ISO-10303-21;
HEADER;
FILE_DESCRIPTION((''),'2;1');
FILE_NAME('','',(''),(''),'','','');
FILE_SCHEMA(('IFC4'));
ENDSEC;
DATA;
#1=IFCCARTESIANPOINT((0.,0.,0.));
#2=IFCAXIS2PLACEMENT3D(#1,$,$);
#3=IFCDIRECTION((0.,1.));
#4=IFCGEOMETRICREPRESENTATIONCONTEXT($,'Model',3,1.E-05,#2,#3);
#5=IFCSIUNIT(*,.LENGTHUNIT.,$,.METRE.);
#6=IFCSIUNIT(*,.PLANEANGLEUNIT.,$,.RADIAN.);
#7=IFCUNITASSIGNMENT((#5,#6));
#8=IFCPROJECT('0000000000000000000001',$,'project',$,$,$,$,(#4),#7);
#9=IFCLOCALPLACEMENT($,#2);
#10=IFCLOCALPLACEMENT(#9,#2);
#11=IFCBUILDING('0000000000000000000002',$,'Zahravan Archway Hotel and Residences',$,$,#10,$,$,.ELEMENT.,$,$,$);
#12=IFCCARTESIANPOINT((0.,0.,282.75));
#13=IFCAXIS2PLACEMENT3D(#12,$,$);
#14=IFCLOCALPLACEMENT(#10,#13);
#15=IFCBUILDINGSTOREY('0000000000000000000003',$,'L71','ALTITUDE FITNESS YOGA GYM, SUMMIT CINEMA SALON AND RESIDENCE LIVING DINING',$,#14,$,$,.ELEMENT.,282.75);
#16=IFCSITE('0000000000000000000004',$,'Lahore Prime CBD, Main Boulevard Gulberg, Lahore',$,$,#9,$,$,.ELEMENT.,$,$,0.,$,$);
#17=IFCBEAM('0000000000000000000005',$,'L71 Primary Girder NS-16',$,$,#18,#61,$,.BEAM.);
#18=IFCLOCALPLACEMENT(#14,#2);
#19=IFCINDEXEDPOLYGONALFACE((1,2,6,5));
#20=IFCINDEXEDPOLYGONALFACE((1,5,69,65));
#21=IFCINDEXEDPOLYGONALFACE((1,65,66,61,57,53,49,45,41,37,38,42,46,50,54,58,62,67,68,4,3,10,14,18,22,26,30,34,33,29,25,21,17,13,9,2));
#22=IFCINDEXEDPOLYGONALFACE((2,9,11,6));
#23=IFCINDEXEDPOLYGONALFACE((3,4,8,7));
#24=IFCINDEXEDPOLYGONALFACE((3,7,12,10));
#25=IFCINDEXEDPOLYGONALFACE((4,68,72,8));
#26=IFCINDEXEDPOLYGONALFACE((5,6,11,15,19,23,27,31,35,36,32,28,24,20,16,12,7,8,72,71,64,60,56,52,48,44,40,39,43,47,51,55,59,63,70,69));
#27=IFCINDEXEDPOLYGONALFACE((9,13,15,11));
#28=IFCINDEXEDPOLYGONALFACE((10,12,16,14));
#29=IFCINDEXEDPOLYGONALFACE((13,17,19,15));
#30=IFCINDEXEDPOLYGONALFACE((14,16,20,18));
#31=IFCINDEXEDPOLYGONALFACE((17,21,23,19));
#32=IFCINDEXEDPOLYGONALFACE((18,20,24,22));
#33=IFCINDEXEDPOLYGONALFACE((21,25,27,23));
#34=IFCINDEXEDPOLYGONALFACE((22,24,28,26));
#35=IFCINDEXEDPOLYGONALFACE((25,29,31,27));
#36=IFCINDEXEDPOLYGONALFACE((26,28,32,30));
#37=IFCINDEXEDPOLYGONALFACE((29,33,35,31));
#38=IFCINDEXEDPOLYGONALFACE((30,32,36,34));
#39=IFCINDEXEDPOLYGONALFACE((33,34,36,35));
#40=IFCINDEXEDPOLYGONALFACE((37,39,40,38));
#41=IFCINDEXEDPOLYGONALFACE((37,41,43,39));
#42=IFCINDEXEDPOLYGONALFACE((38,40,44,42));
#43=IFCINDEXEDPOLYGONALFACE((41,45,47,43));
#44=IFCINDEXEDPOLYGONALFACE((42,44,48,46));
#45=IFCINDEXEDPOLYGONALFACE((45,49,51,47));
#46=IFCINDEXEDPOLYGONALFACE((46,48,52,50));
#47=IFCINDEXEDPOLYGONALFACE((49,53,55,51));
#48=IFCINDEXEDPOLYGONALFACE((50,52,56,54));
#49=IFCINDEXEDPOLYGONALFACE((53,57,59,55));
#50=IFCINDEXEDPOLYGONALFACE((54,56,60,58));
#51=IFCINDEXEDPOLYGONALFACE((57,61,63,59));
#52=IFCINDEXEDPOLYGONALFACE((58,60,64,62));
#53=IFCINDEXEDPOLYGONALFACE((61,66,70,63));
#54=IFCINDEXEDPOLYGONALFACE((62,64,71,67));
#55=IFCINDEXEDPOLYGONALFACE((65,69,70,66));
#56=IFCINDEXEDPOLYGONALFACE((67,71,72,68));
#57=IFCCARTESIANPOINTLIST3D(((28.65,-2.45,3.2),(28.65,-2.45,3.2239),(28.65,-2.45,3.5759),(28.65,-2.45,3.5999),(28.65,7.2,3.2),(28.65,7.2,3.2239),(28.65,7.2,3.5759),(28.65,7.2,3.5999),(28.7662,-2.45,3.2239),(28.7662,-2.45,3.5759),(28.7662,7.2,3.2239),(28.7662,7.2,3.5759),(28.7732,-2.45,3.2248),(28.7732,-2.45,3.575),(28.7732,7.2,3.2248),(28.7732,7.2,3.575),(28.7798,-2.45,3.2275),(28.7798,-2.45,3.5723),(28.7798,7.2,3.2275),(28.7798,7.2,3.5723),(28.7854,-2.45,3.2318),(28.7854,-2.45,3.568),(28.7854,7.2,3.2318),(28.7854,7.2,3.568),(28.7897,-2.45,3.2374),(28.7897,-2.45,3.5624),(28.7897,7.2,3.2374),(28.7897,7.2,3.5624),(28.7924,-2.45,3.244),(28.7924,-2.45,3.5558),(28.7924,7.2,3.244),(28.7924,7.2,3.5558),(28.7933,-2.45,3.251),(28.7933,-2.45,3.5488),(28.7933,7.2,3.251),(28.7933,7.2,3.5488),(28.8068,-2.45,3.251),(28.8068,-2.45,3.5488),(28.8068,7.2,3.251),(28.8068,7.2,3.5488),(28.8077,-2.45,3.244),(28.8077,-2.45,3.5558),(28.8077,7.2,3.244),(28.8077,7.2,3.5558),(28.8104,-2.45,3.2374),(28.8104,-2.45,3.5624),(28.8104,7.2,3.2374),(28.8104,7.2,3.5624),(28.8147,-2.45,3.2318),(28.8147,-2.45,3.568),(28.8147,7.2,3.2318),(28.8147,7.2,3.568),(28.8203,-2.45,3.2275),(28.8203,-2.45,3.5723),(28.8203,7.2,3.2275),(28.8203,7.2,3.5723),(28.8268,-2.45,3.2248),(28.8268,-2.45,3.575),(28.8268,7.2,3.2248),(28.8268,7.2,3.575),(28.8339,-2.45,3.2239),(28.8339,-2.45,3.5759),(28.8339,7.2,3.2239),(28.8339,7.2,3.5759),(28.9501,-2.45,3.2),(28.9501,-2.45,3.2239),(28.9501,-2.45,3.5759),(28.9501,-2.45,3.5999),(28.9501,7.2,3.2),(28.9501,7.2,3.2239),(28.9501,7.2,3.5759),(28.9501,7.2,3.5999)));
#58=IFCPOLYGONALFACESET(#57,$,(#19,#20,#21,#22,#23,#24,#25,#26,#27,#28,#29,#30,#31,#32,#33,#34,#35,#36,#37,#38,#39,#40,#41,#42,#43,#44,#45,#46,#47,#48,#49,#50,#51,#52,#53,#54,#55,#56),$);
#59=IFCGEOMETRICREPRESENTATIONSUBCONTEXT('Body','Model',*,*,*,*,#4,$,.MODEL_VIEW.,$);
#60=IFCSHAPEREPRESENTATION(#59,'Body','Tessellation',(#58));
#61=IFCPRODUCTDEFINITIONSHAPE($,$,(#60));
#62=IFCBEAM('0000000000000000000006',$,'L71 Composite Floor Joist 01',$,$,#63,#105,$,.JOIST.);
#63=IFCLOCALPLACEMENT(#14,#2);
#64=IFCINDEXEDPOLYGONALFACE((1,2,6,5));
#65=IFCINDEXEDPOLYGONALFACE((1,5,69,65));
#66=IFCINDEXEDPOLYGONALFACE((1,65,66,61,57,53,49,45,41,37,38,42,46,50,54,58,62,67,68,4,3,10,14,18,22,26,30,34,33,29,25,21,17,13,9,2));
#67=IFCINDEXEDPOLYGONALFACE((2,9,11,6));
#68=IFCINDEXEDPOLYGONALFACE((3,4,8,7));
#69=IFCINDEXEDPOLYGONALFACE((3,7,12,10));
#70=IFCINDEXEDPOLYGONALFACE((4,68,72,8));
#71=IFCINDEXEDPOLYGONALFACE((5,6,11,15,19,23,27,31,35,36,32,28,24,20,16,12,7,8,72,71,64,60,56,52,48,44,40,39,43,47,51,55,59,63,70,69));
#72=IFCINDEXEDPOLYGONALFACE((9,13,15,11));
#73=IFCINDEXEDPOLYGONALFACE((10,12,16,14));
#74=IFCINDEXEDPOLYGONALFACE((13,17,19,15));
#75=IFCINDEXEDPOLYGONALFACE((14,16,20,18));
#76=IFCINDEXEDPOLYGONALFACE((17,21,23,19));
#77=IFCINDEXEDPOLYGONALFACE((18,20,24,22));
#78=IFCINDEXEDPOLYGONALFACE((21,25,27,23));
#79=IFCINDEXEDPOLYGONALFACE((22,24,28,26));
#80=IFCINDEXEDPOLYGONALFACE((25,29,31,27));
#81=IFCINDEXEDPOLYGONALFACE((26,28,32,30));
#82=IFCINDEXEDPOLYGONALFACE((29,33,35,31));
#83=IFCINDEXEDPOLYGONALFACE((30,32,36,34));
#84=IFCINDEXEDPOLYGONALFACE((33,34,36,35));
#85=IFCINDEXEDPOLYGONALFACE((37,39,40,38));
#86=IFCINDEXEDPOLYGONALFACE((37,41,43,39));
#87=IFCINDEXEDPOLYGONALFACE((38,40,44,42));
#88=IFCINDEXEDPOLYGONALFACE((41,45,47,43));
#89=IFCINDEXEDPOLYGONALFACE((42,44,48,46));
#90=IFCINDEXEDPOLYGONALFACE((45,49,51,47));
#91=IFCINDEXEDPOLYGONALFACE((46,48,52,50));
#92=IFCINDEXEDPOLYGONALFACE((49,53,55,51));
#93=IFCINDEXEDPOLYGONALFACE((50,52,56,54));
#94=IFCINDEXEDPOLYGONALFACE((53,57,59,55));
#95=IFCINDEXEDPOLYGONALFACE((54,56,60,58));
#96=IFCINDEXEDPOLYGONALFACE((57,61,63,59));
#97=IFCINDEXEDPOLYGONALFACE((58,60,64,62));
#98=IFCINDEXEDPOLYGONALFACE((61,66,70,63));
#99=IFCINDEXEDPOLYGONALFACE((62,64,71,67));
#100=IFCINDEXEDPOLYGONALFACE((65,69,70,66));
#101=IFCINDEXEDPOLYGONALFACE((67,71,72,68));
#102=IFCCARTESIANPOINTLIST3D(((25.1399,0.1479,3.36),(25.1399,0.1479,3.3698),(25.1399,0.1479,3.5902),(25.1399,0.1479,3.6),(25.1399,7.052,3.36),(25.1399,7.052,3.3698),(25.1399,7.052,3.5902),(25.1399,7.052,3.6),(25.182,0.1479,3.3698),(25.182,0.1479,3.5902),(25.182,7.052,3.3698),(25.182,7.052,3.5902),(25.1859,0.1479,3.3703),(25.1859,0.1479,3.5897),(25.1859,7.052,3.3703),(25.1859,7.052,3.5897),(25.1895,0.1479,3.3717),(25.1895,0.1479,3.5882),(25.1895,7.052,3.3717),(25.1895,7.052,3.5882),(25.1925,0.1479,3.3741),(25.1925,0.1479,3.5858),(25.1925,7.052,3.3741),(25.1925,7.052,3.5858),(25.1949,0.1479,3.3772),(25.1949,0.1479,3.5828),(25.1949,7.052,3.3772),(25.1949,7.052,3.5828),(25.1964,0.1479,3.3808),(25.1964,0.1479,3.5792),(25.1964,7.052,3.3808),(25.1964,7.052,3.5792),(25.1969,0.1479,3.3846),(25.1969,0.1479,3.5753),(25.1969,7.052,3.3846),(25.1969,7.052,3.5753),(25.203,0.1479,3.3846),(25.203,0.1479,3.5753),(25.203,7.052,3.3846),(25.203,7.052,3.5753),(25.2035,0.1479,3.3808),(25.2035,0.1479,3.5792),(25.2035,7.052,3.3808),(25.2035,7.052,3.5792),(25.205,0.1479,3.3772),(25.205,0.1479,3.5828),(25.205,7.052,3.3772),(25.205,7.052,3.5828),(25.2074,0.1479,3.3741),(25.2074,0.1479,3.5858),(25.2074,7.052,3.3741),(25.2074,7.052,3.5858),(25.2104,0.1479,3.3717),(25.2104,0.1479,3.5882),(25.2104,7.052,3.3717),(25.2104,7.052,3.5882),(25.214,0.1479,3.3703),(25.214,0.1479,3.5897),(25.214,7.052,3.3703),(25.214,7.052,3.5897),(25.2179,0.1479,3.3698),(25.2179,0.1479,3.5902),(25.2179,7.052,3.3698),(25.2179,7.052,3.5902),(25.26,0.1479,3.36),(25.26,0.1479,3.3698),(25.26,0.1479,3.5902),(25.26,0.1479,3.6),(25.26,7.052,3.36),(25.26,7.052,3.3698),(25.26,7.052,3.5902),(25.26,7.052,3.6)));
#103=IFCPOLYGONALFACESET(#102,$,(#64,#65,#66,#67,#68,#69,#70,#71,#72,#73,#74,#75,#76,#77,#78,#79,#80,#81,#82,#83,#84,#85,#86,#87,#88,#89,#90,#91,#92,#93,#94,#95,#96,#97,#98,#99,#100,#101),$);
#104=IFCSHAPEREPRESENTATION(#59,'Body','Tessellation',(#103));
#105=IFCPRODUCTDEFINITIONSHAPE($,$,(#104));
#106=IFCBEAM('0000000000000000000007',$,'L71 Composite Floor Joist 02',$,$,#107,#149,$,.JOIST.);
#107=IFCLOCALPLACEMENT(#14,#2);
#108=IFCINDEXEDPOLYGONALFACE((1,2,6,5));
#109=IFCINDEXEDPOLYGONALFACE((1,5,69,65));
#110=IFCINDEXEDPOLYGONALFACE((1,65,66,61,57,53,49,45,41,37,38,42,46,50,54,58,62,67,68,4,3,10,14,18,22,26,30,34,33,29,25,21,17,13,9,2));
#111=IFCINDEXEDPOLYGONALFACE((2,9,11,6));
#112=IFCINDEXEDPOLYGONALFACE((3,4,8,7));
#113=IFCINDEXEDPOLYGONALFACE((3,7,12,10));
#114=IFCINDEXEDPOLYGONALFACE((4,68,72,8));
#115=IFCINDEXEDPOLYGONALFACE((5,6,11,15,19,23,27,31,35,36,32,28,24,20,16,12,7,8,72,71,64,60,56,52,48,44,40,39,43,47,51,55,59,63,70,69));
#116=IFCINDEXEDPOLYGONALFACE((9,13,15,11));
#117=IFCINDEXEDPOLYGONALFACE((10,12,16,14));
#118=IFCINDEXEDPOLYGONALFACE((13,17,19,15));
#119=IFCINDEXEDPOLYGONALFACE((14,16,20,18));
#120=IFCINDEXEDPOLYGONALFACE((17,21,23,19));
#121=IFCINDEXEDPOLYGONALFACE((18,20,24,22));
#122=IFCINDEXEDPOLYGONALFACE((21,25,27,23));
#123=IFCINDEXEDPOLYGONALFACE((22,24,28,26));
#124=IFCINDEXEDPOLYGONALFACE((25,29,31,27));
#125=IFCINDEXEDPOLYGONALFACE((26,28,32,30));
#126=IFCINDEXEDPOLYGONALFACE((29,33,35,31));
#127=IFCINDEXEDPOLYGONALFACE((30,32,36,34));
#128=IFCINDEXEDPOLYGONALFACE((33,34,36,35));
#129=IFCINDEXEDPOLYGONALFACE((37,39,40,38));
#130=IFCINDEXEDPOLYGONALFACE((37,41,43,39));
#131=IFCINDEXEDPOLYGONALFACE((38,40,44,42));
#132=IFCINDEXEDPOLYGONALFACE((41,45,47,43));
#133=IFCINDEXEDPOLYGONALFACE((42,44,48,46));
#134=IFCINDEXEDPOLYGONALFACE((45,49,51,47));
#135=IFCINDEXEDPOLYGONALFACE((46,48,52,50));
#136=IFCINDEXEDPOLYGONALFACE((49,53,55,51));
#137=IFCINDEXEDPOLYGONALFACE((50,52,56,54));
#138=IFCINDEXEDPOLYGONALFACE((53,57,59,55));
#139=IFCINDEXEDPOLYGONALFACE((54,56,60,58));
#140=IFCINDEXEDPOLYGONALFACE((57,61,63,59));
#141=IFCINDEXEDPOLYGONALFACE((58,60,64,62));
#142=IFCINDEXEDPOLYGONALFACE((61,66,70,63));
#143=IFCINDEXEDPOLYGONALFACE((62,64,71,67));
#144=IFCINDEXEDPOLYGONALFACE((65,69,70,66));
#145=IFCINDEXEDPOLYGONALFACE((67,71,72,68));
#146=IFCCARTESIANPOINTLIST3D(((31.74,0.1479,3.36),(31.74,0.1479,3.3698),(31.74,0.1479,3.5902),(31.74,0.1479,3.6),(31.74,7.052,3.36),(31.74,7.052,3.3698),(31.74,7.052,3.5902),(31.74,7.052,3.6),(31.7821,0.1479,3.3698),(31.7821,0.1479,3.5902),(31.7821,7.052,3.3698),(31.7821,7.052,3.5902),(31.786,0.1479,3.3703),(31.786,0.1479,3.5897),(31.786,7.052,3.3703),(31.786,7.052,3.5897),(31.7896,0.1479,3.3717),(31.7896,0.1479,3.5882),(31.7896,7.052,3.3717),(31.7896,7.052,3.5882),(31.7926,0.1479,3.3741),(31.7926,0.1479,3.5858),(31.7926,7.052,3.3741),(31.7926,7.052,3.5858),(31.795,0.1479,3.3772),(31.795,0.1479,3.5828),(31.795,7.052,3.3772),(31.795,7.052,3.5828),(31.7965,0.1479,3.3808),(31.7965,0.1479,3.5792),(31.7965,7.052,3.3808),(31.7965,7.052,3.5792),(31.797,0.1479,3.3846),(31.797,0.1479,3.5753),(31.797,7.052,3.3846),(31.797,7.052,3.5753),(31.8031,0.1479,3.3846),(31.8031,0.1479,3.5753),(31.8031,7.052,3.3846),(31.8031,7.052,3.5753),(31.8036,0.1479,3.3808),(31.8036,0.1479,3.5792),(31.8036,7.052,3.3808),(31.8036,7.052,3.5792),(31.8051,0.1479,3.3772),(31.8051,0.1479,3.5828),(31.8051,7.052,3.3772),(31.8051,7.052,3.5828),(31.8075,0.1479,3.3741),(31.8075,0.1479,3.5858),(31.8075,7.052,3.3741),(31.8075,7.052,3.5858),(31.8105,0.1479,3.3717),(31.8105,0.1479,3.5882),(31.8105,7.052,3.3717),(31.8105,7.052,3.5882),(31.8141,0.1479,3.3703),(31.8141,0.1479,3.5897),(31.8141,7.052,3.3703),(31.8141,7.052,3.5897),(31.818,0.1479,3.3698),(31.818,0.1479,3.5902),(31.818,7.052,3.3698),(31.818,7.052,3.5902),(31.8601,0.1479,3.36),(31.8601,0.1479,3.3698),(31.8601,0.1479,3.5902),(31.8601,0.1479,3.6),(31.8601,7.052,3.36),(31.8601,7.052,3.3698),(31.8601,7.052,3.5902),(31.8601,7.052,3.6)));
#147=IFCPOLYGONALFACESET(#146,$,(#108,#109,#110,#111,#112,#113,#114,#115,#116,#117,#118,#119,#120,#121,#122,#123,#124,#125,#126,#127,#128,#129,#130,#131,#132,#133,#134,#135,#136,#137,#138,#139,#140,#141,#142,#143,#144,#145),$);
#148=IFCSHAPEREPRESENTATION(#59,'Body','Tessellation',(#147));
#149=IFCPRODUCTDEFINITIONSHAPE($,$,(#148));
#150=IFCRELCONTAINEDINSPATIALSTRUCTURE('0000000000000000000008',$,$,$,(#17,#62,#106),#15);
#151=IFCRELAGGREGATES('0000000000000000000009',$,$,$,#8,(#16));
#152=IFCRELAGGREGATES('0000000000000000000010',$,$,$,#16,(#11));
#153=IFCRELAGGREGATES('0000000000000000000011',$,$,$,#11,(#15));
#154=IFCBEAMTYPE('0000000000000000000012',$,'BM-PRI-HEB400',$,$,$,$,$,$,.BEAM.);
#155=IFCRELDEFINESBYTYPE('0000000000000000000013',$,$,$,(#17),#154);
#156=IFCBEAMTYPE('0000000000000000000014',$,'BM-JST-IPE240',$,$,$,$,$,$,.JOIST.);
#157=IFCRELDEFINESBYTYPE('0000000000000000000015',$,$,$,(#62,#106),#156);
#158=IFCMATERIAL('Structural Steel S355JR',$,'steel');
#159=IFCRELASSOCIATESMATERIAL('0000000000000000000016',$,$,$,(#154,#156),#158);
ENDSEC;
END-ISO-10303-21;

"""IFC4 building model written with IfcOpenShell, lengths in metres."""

from ifc_helpers import new_model, si_unit, direction, frame, origin, origin_2d, place, context, subcontext, project, spatial, i_section, extrude, source, transform, mapped, material, material_profile, profile_set, type_object, type_shapes, element, save


model = new_model("IFC4")

# Units and contexts
model_context = context("Model", 3, precision=1e-05, world=origin(), true_north=direction((0.0, 1.0)))
body_context = subcontext(model_context, "Body", "Model", "MODEL_VIEW")
ifc_project = project(units=[si_unit("LENGTHUNIT", "METRE"), si_unit("PLANEANGLEUNIT", "RADIAN")], contexts=[model_context])

# Site, building, storey
site_placement = place(None, origin())
site = spatial("IfcSite", under=ifc_project, at=site_placement, Name="Lahore Prime CBD, Main Boulevard Gulberg, Lahore", CompositionType="ELEMENT", RefElevation=0.0)
building_placement = place(site_placement, origin())
building = spatial("IfcBuilding", under=site, at=building_placement, Name="Zahravan Archway Hotel and Residences", CompositionType="ELEMENT")
storey_placement = place(building_placement, frame((0.0, 0.0, 282.75)))
storey = spatial("IfcBuildingStorey", under=building, at=storey_placement, Name="L71", Description="ALTITUDE FITNESS YOGA GYM, SUMMIT CINEMA SALON AND RESIDENCE LIVING DINING", CompositionType="ELEMENT", Elevation=282.75)

# Beams
ifc_material_1 = material(Name="Structural Steel S355JR", Category="steel")
ifc_material_profile_1 = material_profile(ifc_material_1, i_section(OverallWidth=0.3, OverallDepth=0.3999, WebThickness=0.0134, FlangeThickness=0.0239, FilletRadius=0.0271, at=origin_2d()), Name="HEB 400", Category="steel")
ifc_profile_set_1 = profile_set([ifc_material_profile_1], Name="Structural Steel S355JR")
beam_type_1 = type_object("IfcBeamType", Name="BM-PRI-HEB400", PredefinedType="BEAM", material=ifc_profile_set_1)
shared_shape_1 = source(origin(), body_context, "Body", "SweptSolid", [
    extrude(i_section(OverallWidth=0.3, OverallDepth=0.3999, WebThickness=0.0134, FlangeThickness=0.0239, FilletRadius=0.0271, at=origin_2d()), origin(), (0.0, 0.0, 1.0), 9.6499),
])
beam_1_placement = place(storey_placement, frame((28.8, -2.45, 3.3999), z_axis=(0.0, 1.0, 0.0), x_axis=(-1.0, 0.0, 0.0)))
element("IfcBeam", 1, at=beam_1_placement, inside=storey, type_object=beam_type_1, Name="L71 Primary Girder NS-16", PredefinedType="BEAM", context=body_context, shape_type="MappedRepresentation", body=[
    mapped(shared_shape_1, transform((0.0, 0.0, 0.0), scale=1.0)),
])
ifc_material_profile_2 = material_profile(ifc_material_1, i_section(OverallWidth=0.1201, OverallDepth=0.24, WebThickness=0.0061, FlangeThickness=0.0098, FilletRadius=0.0149, at=origin_2d()), Name="IPE 240", Category="steel")
ifc_profile_set_2 = profile_set([ifc_material_profile_2], Name="Structural Steel S355JR")
beam_type_2 = type_object("IfcBeamType", Name="BM-JST-IPE240", PredefinedType="JOIST", material=ifc_profile_set_2)
shared_shape_2 = source(origin(), body_context, "Body", "SweptSolid", [
    extrude(i_section(OverallWidth=0.1201, OverallDepth=0.24, WebThickness=0.0061, FlangeThickness=0.0098, FilletRadius=0.0149, at=origin_2d()), origin(), (0.0, 0.0, 1.0), 6.9041),
])
type_shapes(beam_type_2, [shared_shape_2])
for number, where, z_axis, x_axis, name in (
    (2, (25.2, 0.1479, 3.48), (0.0, 1.0, 0.0), (-1.0, 0.0, 0.0), "L71 Composite Floor Joist 01"),
    (3, (31.8, 0.1479, 3.48), (0.0, 1.0, 0.0), (-1.0, 0.0, 0.0), "L71 Composite Floor Joist 02"),
):
    element("IfcBeam", number, at=place(storey_placement, frame(where, z_axis=z_axis, x_axis=x_axis)), inside=storey, type_object=beam_type_2, Name=name, PredefinedType="JOIST", context=body_context, shape_type="MappedRepresentation", body=[
        mapped(shared_shape_2, transform((0.0, 0.0, 0.0), scale=1.0)),
    ])

save(model, "model.ifc")
